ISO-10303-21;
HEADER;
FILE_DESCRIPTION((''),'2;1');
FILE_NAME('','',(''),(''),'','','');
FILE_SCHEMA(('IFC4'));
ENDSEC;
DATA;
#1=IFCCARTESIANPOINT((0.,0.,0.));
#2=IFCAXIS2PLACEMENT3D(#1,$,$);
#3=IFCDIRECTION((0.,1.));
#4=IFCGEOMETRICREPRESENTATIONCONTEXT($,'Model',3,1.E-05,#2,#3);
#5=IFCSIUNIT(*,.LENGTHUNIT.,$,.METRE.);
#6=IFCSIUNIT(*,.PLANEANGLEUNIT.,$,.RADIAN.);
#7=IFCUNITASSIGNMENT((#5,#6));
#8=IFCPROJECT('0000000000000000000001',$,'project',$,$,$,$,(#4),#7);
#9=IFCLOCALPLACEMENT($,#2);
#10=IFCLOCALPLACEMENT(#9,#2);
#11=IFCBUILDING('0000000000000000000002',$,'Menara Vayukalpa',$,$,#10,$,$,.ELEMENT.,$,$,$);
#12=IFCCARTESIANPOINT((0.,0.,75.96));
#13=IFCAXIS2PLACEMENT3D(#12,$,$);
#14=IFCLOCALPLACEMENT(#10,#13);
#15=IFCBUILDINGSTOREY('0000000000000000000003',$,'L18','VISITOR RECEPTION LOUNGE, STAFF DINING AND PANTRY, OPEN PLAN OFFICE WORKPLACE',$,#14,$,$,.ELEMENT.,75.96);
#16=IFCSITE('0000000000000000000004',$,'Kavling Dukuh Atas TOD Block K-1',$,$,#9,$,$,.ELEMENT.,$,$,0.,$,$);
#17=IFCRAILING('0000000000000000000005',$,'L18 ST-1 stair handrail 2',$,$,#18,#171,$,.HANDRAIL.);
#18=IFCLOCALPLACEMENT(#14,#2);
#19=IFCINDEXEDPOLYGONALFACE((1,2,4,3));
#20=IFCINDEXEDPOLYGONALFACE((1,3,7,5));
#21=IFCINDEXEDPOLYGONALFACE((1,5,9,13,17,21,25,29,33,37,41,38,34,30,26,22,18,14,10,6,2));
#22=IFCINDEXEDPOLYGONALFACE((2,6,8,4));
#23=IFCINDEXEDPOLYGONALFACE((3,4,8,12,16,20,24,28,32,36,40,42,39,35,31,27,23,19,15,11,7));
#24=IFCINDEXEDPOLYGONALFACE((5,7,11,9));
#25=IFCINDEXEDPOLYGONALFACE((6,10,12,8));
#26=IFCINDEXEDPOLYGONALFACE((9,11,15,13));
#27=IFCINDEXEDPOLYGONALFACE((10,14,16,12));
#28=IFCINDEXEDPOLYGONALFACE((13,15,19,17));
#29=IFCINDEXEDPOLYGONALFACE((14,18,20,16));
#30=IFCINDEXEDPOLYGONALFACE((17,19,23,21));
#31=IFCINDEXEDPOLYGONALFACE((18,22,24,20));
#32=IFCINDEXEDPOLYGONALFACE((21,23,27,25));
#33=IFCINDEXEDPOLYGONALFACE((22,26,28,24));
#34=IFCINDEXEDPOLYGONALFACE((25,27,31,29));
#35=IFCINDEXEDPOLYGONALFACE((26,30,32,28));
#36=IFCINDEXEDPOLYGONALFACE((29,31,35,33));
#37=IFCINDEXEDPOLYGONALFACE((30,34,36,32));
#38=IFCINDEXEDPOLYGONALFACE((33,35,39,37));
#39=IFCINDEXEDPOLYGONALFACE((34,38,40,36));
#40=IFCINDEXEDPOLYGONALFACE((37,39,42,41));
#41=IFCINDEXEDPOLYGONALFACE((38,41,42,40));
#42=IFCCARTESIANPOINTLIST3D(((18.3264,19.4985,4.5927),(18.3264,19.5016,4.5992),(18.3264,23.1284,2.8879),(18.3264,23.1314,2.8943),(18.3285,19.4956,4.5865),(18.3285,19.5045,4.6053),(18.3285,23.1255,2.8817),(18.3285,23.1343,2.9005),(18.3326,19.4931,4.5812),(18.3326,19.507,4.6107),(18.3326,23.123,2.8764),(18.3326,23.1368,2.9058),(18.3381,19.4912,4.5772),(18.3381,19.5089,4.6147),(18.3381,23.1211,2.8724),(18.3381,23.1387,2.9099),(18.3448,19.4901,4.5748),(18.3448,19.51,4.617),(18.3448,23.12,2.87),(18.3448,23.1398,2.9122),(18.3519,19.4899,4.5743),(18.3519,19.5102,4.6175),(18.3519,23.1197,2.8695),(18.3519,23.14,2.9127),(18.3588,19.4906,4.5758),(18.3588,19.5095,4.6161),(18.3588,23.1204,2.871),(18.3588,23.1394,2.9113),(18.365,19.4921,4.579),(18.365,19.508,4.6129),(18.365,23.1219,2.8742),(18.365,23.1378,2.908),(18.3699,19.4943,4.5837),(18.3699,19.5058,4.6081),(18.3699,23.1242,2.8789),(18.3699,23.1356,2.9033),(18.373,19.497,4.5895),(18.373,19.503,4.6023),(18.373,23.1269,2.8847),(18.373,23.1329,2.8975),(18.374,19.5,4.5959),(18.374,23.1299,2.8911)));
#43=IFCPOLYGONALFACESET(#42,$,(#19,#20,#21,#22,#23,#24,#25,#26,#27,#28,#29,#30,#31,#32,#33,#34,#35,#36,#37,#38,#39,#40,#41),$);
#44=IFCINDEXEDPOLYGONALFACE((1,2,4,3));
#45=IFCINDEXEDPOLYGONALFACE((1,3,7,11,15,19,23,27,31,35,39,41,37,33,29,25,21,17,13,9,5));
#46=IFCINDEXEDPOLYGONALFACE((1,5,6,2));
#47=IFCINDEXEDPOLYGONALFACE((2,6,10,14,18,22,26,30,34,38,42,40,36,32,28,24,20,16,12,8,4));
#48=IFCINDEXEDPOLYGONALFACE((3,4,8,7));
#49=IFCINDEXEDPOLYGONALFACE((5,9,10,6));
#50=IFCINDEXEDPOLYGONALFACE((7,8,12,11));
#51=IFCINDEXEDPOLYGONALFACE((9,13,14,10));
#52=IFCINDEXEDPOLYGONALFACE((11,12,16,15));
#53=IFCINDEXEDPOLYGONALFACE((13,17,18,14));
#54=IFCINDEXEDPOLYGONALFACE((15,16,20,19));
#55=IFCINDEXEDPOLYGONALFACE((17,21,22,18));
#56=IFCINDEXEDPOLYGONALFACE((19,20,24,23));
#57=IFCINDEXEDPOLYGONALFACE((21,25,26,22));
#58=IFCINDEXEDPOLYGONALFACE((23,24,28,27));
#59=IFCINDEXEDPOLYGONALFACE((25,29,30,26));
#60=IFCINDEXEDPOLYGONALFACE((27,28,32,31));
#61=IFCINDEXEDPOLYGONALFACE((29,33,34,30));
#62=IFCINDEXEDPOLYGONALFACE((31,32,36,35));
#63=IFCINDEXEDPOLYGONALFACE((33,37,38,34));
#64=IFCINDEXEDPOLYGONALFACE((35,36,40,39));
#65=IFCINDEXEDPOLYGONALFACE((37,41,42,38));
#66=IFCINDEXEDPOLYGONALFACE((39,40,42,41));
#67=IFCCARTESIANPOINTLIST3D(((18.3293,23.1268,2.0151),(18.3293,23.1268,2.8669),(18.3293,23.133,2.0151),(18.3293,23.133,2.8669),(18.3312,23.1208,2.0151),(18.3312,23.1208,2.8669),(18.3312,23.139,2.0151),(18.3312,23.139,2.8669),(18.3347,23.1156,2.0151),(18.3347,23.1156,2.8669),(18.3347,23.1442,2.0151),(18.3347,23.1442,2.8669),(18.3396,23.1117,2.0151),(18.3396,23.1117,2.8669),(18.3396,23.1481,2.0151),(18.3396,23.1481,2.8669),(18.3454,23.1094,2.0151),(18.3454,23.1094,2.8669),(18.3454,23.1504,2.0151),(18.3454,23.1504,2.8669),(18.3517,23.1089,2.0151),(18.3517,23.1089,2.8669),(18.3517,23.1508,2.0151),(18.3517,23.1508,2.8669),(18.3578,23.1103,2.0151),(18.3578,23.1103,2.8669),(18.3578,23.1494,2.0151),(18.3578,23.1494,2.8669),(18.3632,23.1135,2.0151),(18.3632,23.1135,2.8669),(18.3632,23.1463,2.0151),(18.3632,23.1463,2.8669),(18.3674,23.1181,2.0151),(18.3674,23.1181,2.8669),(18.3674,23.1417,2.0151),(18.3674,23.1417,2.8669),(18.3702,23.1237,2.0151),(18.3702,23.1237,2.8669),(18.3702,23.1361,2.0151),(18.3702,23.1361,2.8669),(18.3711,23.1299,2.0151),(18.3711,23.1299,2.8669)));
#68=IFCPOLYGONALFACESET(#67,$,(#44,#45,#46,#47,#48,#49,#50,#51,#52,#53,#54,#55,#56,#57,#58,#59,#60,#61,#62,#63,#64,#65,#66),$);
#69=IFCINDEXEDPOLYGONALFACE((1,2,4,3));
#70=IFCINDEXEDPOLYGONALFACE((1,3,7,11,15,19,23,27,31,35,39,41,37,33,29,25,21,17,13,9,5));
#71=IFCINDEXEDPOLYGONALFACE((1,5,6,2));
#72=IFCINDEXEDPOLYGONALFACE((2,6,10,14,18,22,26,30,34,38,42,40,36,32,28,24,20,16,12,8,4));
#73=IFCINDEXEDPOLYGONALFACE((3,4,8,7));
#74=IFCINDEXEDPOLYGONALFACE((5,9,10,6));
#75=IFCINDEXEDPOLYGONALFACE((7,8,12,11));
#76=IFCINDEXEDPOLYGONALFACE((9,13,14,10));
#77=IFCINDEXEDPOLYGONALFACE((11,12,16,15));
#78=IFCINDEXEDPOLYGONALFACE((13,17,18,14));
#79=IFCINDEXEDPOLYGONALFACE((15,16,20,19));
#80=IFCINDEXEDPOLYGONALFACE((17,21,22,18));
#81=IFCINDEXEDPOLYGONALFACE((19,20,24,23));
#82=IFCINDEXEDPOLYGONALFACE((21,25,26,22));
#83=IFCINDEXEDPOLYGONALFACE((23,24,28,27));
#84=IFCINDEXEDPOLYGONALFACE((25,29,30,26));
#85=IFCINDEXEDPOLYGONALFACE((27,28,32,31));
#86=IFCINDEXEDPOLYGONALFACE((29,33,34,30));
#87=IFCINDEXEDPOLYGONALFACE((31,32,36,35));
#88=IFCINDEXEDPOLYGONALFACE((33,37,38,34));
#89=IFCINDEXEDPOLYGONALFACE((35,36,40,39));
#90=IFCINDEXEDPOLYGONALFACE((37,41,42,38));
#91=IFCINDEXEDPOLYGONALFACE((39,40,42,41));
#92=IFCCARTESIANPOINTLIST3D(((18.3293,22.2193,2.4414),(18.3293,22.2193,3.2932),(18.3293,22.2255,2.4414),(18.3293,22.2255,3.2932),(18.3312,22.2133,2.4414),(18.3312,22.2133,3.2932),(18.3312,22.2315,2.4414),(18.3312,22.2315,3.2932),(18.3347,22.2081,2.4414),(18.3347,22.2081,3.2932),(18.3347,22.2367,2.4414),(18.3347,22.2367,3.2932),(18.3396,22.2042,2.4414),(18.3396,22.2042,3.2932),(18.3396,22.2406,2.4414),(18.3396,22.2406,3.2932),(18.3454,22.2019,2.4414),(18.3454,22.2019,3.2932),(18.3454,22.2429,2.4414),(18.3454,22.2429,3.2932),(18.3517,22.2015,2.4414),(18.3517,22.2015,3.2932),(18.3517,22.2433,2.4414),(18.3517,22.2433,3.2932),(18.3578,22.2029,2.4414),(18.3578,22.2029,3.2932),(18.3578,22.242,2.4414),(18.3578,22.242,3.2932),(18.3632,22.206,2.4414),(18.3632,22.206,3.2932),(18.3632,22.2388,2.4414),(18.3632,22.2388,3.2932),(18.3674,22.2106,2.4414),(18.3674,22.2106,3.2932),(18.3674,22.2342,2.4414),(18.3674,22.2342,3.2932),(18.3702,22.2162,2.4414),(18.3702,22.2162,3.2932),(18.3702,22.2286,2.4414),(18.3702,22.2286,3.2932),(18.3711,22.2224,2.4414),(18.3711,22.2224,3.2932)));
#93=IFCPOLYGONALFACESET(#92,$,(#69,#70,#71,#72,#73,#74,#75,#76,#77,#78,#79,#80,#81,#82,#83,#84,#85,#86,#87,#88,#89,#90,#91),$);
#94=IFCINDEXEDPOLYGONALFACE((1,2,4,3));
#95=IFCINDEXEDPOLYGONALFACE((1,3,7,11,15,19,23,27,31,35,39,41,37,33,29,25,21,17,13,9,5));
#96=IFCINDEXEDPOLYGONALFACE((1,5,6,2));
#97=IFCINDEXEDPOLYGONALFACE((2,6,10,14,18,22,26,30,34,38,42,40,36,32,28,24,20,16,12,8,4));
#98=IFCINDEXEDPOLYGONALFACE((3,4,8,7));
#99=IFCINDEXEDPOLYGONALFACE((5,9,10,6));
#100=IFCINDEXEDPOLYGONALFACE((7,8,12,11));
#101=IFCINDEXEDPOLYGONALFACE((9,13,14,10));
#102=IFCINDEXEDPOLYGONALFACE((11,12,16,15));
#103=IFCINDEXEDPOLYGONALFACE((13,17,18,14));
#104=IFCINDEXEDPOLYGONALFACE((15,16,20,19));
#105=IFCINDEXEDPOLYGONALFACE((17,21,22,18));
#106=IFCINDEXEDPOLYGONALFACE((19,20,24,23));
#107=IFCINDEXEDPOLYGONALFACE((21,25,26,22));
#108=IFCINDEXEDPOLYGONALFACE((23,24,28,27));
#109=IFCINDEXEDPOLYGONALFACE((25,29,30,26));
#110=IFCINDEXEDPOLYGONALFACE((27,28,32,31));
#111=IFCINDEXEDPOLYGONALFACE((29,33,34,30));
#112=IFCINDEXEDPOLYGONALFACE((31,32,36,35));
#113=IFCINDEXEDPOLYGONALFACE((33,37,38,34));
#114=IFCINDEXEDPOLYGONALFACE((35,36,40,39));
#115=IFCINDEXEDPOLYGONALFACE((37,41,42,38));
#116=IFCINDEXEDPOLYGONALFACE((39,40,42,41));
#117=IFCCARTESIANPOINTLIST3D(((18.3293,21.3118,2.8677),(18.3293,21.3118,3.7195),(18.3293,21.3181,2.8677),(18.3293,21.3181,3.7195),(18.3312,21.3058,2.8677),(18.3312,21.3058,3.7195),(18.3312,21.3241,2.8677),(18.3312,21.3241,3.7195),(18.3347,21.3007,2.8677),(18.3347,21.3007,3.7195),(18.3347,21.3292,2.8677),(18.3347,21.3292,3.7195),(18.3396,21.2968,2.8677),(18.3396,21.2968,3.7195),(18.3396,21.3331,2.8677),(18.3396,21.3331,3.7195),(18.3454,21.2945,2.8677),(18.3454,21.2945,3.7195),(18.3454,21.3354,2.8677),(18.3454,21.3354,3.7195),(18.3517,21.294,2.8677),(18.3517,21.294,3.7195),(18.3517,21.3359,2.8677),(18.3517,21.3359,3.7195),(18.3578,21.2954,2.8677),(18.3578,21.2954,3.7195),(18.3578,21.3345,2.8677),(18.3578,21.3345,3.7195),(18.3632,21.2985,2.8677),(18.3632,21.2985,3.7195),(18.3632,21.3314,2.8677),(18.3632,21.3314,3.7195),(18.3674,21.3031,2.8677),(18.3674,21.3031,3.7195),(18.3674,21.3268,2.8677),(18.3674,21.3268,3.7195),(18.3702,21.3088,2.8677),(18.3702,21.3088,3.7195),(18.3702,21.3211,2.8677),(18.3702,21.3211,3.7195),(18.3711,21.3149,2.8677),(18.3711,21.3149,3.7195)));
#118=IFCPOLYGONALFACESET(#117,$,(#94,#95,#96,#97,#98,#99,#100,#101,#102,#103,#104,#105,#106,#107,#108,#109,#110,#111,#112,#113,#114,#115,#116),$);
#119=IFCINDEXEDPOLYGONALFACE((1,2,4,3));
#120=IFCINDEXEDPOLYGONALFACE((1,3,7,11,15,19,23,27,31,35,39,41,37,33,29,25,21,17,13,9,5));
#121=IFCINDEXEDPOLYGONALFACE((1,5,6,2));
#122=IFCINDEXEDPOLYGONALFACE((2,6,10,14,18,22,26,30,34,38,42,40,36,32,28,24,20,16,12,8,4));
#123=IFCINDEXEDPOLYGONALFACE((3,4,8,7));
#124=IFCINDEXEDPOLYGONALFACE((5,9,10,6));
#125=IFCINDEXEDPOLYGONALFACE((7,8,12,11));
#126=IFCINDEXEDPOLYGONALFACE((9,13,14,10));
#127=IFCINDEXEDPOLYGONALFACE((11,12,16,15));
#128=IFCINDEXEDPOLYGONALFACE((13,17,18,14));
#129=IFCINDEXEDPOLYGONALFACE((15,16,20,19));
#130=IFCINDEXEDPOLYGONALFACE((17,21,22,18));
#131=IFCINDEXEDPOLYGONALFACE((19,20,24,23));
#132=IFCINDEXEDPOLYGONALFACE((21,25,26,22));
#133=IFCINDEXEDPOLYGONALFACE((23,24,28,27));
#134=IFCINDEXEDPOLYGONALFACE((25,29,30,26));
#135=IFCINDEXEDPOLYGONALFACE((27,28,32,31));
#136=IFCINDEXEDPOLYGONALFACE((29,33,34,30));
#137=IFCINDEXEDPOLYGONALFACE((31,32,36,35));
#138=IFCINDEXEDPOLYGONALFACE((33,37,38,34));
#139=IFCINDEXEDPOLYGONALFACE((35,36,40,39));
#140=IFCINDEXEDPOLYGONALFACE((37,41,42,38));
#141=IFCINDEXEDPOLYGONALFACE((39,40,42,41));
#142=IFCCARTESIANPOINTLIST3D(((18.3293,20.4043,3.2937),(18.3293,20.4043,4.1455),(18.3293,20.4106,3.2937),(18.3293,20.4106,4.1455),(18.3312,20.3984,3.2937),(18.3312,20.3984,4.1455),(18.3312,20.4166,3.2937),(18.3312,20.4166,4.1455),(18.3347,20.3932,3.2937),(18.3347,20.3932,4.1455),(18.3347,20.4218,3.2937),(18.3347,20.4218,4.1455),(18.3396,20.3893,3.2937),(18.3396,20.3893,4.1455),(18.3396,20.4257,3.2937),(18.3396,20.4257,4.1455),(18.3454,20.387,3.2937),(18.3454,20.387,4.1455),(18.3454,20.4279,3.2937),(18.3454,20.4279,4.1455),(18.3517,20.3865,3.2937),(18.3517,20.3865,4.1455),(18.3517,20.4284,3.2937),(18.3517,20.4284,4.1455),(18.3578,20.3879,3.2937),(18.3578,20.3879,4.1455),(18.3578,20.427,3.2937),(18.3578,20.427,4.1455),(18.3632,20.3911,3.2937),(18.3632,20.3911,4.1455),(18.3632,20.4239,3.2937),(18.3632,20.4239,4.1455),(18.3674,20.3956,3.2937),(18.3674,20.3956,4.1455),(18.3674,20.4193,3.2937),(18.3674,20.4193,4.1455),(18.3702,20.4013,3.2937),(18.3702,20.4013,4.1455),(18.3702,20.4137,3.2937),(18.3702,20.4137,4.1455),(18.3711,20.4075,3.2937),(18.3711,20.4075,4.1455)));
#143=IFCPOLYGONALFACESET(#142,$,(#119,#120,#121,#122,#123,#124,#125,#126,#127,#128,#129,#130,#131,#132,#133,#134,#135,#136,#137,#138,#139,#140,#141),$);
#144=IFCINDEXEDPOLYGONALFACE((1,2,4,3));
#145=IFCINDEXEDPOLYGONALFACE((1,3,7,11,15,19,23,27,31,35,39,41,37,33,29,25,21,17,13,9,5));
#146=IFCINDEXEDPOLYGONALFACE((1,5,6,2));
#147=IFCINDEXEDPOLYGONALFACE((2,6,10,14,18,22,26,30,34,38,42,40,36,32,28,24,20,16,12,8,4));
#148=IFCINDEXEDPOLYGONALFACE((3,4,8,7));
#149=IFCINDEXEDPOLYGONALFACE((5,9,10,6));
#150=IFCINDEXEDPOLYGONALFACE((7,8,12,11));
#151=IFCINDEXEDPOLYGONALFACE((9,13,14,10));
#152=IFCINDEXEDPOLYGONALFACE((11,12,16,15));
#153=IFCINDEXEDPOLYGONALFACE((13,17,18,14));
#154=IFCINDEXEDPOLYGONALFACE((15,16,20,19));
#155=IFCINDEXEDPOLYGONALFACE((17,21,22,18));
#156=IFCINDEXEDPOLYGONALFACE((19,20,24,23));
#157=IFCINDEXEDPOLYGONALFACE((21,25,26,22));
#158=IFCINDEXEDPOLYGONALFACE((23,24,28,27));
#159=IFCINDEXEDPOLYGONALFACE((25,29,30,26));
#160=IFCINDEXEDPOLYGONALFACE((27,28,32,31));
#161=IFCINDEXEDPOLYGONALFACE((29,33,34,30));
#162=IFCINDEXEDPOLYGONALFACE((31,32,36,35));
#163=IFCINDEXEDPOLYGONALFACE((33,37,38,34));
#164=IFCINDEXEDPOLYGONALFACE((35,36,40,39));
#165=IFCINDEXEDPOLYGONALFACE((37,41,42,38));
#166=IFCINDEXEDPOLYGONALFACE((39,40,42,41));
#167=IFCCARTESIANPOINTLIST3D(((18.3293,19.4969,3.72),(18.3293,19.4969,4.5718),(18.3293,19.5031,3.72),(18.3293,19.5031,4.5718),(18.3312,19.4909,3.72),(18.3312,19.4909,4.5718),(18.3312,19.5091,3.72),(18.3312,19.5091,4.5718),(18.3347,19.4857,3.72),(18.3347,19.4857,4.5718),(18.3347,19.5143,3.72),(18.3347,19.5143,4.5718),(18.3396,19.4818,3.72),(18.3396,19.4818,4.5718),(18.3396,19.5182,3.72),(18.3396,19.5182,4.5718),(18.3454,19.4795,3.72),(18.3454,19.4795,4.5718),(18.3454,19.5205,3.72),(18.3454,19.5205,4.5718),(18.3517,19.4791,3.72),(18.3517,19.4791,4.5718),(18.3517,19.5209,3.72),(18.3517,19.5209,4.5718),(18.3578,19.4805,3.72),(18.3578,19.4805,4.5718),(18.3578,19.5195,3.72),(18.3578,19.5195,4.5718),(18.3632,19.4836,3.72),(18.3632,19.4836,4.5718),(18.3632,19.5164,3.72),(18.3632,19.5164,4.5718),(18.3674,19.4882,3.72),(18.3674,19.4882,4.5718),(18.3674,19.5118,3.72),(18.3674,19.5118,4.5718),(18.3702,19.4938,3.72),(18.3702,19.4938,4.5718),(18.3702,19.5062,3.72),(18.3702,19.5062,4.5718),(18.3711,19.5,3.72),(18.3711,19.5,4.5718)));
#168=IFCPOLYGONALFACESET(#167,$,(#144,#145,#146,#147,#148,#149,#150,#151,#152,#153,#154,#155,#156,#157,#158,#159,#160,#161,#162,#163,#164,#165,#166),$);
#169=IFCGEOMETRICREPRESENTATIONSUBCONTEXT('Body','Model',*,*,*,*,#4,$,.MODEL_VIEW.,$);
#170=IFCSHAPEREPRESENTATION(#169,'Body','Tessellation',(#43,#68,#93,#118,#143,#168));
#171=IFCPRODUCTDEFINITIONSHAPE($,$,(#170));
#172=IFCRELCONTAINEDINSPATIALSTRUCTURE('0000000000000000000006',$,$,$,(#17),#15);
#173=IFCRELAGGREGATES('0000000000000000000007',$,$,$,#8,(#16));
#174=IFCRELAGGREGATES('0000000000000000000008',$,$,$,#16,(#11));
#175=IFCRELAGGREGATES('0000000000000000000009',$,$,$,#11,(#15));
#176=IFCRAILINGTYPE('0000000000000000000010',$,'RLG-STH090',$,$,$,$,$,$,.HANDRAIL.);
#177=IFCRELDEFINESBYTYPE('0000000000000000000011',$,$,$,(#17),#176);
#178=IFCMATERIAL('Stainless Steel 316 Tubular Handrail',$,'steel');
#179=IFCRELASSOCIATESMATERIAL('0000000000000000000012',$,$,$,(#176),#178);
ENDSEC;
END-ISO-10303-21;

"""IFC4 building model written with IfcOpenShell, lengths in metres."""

from ifc_helpers import new_model, si_unit, direction, frame, origin, origin_2d, place, context, subcontext, project, spatial, circle, extrude, material, type_object, element, save


model = new_model("IFC4")

# Units and contexts
model_context = context("Model", 3, precision=1e-05, world=origin(), true_north=direction((0.0, 1.0)))
body_context = subcontext(model_context, "Body", "Model", "MODEL_VIEW")
ifc_project = project(units=[si_unit("LENGTHUNIT", "METRE"), si_unit("PLANEANGLEUNIT", "RADIAN")], contexts=[model_context])

# Site, building, storey
site_placement = place(None, origin())
site = spatial("IfcSite", under=ifc_project, at=site_placement, Name="Kavling Dukuh Atas TOD Block K-1", CompositionType="ELEMENT", RefElevation=0.0)
building_placement = place(site_placement, origin())
building = spatial("IfcBuilding", under=site, at=building_placement, Name="Menara Vayukalpa", CompositionType="ELEMENT")
storey_placement = place(building_placement, frame((0.0, 0.0, 75.96)))
storey = spatial("IfcBuildingStorey", under=building, at=storey_placement, Name="L18", Description="VISITOR RECEPTION LOUNGE, STAFF DINING AND PANTRY, OPEN PLAN OFFICE WORKPLACE", CompositionType="ELEMENT", Elevation=75.96)

# Railing
ifc_material_1 = material(Name="Stainless Steel 316 Tubular Handrail", Category="steel")
railing_type_1 = type_object("IfcRailingType", Name="RLG-STH090", PredefinedType="HANDRAIL", material=ifc_material_1)
railing_1_placement = place(storey_placement, frame((18.3501, 23.1299, 2.0151)))
element("IfcRailing", 1, at=railing_1_placement, inside=storey, type_object=railing_type_1, Name="L18 ST-1 stair handrail 2", PredefinedType="HANDRAIL", context=body_context, shape_type="SweptSolid", body=[
    extrude(circle(Radius=0.0239, at=origin_2d()), frame((0.0, 0.0, 0.876), z_axis=(0.0, -0.90514, 0.425114), x_axis=(1.0, 0.0, 0.0)), (0.0, 0.0, 1.0), 4.0103),
    extrude(circle(Radius=0.021, at=origin_2d()), origin(), (0.0, 0.0, 1.0), 0.8518),
    extrude(circle(Radius=0.021, at=origin_2d()), frame((0.0, -0.9075, 0.4263)), (0.0, 0.0, 1.0), 0.8518),
    extrude(circle(Radius=0.021, at=origin_2d()), frame((0.0, -1.8149, 0.8525)), (0.0, 0.0, 1.0), 0.8518),
    extrude(circle(Radius=0.021, at=origin_2d()), frame((0.0, -2.7224, 1.2786)), (0.0, 0.0, 1.0), 0.8518),
    extrude(circle(Radius=0.021, at=origin_2d()), frame((0.0, -3.6299, 1.7048)), (0.0, 0.0, 1.0), 0.8518),
])

save(model, "model.ifc")
